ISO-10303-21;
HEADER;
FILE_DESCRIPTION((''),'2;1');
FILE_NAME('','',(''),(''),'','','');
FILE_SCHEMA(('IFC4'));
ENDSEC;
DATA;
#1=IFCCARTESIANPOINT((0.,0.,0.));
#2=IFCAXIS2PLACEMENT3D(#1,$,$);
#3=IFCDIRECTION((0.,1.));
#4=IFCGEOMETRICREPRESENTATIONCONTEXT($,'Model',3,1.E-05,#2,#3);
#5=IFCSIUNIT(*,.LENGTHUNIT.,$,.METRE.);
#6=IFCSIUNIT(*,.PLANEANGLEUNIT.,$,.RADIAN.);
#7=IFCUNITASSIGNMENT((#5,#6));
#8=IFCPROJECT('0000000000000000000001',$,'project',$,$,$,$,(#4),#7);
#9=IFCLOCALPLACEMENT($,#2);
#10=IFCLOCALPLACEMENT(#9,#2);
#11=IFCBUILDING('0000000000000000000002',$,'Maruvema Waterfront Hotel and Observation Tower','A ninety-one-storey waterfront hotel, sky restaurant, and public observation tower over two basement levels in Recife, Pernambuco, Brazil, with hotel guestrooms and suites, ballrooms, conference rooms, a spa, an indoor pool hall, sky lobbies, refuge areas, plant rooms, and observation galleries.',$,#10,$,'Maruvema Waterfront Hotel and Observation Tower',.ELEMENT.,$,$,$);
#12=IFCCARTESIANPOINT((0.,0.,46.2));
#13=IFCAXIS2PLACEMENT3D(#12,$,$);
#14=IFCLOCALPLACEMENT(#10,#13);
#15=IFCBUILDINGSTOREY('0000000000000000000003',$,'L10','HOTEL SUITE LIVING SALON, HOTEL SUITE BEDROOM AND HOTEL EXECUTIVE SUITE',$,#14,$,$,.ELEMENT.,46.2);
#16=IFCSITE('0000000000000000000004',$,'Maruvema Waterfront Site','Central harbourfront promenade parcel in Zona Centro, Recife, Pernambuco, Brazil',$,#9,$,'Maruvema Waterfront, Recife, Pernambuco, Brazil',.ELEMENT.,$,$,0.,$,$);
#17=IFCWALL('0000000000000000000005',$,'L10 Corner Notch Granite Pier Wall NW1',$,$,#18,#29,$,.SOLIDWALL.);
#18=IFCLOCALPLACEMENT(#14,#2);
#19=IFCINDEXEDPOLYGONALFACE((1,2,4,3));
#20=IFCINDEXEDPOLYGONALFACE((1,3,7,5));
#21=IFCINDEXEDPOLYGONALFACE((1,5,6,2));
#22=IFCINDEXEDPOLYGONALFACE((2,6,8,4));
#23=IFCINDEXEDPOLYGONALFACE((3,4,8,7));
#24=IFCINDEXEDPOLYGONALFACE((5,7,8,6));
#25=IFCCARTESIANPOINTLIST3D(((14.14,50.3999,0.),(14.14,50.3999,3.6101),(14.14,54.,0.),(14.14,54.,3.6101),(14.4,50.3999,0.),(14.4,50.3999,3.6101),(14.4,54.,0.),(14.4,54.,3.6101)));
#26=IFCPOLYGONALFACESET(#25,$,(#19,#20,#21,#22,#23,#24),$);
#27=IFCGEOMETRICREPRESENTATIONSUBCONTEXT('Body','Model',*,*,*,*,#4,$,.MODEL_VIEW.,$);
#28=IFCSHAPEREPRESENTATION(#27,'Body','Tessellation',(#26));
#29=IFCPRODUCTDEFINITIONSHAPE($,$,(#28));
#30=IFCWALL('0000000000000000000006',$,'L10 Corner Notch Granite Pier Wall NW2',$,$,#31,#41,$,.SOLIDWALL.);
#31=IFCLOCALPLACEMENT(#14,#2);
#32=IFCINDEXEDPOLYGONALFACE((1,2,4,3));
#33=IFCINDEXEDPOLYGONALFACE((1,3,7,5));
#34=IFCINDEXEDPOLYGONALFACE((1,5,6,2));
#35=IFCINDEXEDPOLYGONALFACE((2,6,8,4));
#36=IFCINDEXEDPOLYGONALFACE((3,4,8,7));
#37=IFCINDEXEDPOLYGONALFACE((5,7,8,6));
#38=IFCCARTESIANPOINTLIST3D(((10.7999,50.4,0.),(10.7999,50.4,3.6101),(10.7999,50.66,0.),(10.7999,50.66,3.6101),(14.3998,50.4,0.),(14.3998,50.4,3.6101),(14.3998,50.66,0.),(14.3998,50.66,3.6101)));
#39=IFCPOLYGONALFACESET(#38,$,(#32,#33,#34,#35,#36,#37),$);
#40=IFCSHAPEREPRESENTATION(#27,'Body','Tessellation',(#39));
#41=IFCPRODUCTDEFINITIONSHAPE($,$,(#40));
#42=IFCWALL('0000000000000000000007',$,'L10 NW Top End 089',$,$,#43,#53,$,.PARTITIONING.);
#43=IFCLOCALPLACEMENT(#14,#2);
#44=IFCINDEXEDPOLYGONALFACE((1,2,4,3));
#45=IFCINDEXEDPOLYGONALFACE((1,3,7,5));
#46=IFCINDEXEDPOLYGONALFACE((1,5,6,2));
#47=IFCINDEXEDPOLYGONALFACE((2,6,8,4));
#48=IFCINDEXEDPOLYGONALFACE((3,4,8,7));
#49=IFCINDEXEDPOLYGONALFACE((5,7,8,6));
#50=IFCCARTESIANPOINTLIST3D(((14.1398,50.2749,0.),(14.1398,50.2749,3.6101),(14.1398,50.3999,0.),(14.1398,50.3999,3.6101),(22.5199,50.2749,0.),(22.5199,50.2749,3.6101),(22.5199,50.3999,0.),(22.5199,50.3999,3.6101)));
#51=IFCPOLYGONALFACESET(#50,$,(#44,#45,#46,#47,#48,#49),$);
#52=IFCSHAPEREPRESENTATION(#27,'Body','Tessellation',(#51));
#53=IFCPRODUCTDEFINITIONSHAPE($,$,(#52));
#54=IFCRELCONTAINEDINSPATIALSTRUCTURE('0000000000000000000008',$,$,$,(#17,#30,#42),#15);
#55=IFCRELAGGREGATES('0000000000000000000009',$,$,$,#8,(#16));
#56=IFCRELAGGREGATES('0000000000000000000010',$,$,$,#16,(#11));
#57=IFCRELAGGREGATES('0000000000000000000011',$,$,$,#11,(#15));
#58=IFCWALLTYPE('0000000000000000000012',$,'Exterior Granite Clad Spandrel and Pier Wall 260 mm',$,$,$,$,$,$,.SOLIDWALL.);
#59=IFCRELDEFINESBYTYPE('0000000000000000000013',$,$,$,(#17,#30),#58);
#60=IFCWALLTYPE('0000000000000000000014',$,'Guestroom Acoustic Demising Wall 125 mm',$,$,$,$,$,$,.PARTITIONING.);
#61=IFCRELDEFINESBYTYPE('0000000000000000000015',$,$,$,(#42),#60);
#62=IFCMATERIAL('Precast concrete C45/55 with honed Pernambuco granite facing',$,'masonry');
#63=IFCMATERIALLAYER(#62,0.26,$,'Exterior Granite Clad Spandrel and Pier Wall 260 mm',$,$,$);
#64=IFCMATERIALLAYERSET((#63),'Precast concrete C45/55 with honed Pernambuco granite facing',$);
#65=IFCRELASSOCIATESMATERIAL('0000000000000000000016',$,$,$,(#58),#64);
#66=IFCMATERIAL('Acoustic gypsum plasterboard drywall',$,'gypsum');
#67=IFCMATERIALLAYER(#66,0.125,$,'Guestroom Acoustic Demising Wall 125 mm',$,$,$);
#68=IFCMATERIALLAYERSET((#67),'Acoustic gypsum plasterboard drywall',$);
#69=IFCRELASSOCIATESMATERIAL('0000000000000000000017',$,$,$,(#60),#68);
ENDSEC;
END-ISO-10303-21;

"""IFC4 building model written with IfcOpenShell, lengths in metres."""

from ifc_helpers import new_model, si_unit, direction, frame, frame_2d, origin, place, context, subcontext, project, spatial, rectangle, extrude, material, layer, layer_set, type_object, element, save


model = new_model("IFC4")

# Units and contexts
model_context = context("Model", 3, precision=1e-05, world=origin(), true_north=direction((0.0, 1.0)))
body_context = subcontext(model_context, "Body", "Model", "MODEL_VIEW")
ifc_project = project(units=[si_unit("LENGTHUNIT", "METRE"), si_unit("PLANEANGLEUNIT", "RADIAN")], contexts=[model_context])

# Site, building, storey
site_placement = place(None, origin())
site = spatial("IfcSite", under=ifc_project, at=site_placement, Name="Maruvema Waterfront Site", Description="Central harbourfront promenade parcel in Zona Centro, Recife, Pernambuco, Brazil", LongName="Maruvema Waterfront, Recife, Pernambuco, Brazil", CompositionType="ELEMENT", RefElevation=0.0)
building_placement = place(site_placement, origin())
building = spatial("IfcBuilding", under=site, at=building_placement, Name="Maruvema Waterfront Hotel and Observation Tower", Description="A ninety-one-storey waterfront hotel, sky restaurant, and public observation tower over two basement levels in Recife, Pernambuco, Brazil, with hotel guestrooms and suites, ballrooms, conference rooms, a spa, an indoor pool hall, sky lobbies, refuge areas, plant rooms, and observation galleries.", LongName="Maruvema Waterfront Hotel and Observation Tower", CompositionType="ELEMENT")
storey_placement = place(building_placement, frame((0.0, 0.0, 46.2)))
storey = spatial("IfcBuildingStorey", under=building, at=storey_placement, Name="L10", Description="HOTEL SUITE LIVING SALON, HOTEL SUITE BEDROOM AND HOTEL EXECUTIVE SUITE", CompositionType="ELEMENT", Elevation=46.2)

# Walls
ifc_material_1 = material(Name="Precast concrete C45/55 with honed Pernambuco granite facing", Category="masonry")
ifc_layer_1 = layer(ifc_material_1, 0.26, Name="Exterior Granite Clad Spandrel and Pier Wall 260 mm")
ifc_layer_set_1 = layer_set([ifc_layer_1], Name="Precast concrete C45/55 with honed Pernambuco granite facing")
wall_type_1 = type_object("IfcWallType", Name="Exterior Granite Clad Spandrel and Pier Wall 260 mm", PredefinedType="SOLIDWALL", material=ifc_layer_set_1)
wall_1_placement = place(storey_placement, frame((14.27, 50.3999, 0.0), z_axis=(0.0, 0.0, 1.0), x_axis=(0.0, 1.0, 0.0)))
element("IfcWall", 1, at=wall_1_placement, inside=storey, type_object=wall_type_1, Name="L10 Corner Notch Granite Pier Wall NW1", PredefinedType="SOLIDWALL", context=body_context, shape_type="SweptSolid", body=[
    extrude(rectangle(XDim=3.6001, YDim=0.26, at=frame_2d((1.8, 0.0))), origin(), (0.0, 0.0, 1.0), 3.6101),
])
wall_2_placement = place(storey_placement, frame((10.8, 50.53, 0.0), z_axis=(0.0, 0.0, 1.0), x_axis=(1.0, 0.0, 0.0)))
element("IfcWall", 2, at=wall_2_placement, inside=storey, type_object=wall_type_1, Name="L10 Corner Notch Granite Pier Wall NW2", PredefinedType="SOLIDWALL", context=body_context, shape_type="SweptSolid", body=[
    extrude(rectangle(XDim=3.5999, YDim=0.26, at=frame_2d((1.7998, 0.0))), origin(), (0.0, 0.0, 1.0), 3.6101),
])
ifc_material_2 = material(Name="Acoustic gypsum plasterboard drywall", Category="gypsum")
ifc_layer_2 = layer(ifc_material_2, 0.125, Name="Guestroom Acoustic Demising Wall 125 mm")
ifc_layer_set_2 = layer_set([ifc_layer_2], Name="Acoustic gypsum plasterboard drywall")
wall_type_2 = type_object("IfcWallType", Name="Guestroom Acoustic Demising Wall 125 mm", PredefinedType="PARTITIONING", material=ifc_layer_set_2)
wall_3_placement = place(storey_placement, frame((14.1399, 50.3374, 0.0), z_axis=(0.0, 0.0, 1.0), x_axis=(1.0, 0.0, 0.0)))
element("IfcWall", 3, at=wall_3_placement, inside=storey, type_object=wall_type_2, Name="L10 NW Top End 089", PredefinedType="PARTITIONING", context=body_context, shape_type="SweptSolid", body=[
    extrude(rectangle(XDim=8.3801, YDim=0.125, at=frame_2d((4.1899, 0.0))), origin(), (0.0, 0.0, 1.0), 3.6101),
])

save(model, "model.ifc")
